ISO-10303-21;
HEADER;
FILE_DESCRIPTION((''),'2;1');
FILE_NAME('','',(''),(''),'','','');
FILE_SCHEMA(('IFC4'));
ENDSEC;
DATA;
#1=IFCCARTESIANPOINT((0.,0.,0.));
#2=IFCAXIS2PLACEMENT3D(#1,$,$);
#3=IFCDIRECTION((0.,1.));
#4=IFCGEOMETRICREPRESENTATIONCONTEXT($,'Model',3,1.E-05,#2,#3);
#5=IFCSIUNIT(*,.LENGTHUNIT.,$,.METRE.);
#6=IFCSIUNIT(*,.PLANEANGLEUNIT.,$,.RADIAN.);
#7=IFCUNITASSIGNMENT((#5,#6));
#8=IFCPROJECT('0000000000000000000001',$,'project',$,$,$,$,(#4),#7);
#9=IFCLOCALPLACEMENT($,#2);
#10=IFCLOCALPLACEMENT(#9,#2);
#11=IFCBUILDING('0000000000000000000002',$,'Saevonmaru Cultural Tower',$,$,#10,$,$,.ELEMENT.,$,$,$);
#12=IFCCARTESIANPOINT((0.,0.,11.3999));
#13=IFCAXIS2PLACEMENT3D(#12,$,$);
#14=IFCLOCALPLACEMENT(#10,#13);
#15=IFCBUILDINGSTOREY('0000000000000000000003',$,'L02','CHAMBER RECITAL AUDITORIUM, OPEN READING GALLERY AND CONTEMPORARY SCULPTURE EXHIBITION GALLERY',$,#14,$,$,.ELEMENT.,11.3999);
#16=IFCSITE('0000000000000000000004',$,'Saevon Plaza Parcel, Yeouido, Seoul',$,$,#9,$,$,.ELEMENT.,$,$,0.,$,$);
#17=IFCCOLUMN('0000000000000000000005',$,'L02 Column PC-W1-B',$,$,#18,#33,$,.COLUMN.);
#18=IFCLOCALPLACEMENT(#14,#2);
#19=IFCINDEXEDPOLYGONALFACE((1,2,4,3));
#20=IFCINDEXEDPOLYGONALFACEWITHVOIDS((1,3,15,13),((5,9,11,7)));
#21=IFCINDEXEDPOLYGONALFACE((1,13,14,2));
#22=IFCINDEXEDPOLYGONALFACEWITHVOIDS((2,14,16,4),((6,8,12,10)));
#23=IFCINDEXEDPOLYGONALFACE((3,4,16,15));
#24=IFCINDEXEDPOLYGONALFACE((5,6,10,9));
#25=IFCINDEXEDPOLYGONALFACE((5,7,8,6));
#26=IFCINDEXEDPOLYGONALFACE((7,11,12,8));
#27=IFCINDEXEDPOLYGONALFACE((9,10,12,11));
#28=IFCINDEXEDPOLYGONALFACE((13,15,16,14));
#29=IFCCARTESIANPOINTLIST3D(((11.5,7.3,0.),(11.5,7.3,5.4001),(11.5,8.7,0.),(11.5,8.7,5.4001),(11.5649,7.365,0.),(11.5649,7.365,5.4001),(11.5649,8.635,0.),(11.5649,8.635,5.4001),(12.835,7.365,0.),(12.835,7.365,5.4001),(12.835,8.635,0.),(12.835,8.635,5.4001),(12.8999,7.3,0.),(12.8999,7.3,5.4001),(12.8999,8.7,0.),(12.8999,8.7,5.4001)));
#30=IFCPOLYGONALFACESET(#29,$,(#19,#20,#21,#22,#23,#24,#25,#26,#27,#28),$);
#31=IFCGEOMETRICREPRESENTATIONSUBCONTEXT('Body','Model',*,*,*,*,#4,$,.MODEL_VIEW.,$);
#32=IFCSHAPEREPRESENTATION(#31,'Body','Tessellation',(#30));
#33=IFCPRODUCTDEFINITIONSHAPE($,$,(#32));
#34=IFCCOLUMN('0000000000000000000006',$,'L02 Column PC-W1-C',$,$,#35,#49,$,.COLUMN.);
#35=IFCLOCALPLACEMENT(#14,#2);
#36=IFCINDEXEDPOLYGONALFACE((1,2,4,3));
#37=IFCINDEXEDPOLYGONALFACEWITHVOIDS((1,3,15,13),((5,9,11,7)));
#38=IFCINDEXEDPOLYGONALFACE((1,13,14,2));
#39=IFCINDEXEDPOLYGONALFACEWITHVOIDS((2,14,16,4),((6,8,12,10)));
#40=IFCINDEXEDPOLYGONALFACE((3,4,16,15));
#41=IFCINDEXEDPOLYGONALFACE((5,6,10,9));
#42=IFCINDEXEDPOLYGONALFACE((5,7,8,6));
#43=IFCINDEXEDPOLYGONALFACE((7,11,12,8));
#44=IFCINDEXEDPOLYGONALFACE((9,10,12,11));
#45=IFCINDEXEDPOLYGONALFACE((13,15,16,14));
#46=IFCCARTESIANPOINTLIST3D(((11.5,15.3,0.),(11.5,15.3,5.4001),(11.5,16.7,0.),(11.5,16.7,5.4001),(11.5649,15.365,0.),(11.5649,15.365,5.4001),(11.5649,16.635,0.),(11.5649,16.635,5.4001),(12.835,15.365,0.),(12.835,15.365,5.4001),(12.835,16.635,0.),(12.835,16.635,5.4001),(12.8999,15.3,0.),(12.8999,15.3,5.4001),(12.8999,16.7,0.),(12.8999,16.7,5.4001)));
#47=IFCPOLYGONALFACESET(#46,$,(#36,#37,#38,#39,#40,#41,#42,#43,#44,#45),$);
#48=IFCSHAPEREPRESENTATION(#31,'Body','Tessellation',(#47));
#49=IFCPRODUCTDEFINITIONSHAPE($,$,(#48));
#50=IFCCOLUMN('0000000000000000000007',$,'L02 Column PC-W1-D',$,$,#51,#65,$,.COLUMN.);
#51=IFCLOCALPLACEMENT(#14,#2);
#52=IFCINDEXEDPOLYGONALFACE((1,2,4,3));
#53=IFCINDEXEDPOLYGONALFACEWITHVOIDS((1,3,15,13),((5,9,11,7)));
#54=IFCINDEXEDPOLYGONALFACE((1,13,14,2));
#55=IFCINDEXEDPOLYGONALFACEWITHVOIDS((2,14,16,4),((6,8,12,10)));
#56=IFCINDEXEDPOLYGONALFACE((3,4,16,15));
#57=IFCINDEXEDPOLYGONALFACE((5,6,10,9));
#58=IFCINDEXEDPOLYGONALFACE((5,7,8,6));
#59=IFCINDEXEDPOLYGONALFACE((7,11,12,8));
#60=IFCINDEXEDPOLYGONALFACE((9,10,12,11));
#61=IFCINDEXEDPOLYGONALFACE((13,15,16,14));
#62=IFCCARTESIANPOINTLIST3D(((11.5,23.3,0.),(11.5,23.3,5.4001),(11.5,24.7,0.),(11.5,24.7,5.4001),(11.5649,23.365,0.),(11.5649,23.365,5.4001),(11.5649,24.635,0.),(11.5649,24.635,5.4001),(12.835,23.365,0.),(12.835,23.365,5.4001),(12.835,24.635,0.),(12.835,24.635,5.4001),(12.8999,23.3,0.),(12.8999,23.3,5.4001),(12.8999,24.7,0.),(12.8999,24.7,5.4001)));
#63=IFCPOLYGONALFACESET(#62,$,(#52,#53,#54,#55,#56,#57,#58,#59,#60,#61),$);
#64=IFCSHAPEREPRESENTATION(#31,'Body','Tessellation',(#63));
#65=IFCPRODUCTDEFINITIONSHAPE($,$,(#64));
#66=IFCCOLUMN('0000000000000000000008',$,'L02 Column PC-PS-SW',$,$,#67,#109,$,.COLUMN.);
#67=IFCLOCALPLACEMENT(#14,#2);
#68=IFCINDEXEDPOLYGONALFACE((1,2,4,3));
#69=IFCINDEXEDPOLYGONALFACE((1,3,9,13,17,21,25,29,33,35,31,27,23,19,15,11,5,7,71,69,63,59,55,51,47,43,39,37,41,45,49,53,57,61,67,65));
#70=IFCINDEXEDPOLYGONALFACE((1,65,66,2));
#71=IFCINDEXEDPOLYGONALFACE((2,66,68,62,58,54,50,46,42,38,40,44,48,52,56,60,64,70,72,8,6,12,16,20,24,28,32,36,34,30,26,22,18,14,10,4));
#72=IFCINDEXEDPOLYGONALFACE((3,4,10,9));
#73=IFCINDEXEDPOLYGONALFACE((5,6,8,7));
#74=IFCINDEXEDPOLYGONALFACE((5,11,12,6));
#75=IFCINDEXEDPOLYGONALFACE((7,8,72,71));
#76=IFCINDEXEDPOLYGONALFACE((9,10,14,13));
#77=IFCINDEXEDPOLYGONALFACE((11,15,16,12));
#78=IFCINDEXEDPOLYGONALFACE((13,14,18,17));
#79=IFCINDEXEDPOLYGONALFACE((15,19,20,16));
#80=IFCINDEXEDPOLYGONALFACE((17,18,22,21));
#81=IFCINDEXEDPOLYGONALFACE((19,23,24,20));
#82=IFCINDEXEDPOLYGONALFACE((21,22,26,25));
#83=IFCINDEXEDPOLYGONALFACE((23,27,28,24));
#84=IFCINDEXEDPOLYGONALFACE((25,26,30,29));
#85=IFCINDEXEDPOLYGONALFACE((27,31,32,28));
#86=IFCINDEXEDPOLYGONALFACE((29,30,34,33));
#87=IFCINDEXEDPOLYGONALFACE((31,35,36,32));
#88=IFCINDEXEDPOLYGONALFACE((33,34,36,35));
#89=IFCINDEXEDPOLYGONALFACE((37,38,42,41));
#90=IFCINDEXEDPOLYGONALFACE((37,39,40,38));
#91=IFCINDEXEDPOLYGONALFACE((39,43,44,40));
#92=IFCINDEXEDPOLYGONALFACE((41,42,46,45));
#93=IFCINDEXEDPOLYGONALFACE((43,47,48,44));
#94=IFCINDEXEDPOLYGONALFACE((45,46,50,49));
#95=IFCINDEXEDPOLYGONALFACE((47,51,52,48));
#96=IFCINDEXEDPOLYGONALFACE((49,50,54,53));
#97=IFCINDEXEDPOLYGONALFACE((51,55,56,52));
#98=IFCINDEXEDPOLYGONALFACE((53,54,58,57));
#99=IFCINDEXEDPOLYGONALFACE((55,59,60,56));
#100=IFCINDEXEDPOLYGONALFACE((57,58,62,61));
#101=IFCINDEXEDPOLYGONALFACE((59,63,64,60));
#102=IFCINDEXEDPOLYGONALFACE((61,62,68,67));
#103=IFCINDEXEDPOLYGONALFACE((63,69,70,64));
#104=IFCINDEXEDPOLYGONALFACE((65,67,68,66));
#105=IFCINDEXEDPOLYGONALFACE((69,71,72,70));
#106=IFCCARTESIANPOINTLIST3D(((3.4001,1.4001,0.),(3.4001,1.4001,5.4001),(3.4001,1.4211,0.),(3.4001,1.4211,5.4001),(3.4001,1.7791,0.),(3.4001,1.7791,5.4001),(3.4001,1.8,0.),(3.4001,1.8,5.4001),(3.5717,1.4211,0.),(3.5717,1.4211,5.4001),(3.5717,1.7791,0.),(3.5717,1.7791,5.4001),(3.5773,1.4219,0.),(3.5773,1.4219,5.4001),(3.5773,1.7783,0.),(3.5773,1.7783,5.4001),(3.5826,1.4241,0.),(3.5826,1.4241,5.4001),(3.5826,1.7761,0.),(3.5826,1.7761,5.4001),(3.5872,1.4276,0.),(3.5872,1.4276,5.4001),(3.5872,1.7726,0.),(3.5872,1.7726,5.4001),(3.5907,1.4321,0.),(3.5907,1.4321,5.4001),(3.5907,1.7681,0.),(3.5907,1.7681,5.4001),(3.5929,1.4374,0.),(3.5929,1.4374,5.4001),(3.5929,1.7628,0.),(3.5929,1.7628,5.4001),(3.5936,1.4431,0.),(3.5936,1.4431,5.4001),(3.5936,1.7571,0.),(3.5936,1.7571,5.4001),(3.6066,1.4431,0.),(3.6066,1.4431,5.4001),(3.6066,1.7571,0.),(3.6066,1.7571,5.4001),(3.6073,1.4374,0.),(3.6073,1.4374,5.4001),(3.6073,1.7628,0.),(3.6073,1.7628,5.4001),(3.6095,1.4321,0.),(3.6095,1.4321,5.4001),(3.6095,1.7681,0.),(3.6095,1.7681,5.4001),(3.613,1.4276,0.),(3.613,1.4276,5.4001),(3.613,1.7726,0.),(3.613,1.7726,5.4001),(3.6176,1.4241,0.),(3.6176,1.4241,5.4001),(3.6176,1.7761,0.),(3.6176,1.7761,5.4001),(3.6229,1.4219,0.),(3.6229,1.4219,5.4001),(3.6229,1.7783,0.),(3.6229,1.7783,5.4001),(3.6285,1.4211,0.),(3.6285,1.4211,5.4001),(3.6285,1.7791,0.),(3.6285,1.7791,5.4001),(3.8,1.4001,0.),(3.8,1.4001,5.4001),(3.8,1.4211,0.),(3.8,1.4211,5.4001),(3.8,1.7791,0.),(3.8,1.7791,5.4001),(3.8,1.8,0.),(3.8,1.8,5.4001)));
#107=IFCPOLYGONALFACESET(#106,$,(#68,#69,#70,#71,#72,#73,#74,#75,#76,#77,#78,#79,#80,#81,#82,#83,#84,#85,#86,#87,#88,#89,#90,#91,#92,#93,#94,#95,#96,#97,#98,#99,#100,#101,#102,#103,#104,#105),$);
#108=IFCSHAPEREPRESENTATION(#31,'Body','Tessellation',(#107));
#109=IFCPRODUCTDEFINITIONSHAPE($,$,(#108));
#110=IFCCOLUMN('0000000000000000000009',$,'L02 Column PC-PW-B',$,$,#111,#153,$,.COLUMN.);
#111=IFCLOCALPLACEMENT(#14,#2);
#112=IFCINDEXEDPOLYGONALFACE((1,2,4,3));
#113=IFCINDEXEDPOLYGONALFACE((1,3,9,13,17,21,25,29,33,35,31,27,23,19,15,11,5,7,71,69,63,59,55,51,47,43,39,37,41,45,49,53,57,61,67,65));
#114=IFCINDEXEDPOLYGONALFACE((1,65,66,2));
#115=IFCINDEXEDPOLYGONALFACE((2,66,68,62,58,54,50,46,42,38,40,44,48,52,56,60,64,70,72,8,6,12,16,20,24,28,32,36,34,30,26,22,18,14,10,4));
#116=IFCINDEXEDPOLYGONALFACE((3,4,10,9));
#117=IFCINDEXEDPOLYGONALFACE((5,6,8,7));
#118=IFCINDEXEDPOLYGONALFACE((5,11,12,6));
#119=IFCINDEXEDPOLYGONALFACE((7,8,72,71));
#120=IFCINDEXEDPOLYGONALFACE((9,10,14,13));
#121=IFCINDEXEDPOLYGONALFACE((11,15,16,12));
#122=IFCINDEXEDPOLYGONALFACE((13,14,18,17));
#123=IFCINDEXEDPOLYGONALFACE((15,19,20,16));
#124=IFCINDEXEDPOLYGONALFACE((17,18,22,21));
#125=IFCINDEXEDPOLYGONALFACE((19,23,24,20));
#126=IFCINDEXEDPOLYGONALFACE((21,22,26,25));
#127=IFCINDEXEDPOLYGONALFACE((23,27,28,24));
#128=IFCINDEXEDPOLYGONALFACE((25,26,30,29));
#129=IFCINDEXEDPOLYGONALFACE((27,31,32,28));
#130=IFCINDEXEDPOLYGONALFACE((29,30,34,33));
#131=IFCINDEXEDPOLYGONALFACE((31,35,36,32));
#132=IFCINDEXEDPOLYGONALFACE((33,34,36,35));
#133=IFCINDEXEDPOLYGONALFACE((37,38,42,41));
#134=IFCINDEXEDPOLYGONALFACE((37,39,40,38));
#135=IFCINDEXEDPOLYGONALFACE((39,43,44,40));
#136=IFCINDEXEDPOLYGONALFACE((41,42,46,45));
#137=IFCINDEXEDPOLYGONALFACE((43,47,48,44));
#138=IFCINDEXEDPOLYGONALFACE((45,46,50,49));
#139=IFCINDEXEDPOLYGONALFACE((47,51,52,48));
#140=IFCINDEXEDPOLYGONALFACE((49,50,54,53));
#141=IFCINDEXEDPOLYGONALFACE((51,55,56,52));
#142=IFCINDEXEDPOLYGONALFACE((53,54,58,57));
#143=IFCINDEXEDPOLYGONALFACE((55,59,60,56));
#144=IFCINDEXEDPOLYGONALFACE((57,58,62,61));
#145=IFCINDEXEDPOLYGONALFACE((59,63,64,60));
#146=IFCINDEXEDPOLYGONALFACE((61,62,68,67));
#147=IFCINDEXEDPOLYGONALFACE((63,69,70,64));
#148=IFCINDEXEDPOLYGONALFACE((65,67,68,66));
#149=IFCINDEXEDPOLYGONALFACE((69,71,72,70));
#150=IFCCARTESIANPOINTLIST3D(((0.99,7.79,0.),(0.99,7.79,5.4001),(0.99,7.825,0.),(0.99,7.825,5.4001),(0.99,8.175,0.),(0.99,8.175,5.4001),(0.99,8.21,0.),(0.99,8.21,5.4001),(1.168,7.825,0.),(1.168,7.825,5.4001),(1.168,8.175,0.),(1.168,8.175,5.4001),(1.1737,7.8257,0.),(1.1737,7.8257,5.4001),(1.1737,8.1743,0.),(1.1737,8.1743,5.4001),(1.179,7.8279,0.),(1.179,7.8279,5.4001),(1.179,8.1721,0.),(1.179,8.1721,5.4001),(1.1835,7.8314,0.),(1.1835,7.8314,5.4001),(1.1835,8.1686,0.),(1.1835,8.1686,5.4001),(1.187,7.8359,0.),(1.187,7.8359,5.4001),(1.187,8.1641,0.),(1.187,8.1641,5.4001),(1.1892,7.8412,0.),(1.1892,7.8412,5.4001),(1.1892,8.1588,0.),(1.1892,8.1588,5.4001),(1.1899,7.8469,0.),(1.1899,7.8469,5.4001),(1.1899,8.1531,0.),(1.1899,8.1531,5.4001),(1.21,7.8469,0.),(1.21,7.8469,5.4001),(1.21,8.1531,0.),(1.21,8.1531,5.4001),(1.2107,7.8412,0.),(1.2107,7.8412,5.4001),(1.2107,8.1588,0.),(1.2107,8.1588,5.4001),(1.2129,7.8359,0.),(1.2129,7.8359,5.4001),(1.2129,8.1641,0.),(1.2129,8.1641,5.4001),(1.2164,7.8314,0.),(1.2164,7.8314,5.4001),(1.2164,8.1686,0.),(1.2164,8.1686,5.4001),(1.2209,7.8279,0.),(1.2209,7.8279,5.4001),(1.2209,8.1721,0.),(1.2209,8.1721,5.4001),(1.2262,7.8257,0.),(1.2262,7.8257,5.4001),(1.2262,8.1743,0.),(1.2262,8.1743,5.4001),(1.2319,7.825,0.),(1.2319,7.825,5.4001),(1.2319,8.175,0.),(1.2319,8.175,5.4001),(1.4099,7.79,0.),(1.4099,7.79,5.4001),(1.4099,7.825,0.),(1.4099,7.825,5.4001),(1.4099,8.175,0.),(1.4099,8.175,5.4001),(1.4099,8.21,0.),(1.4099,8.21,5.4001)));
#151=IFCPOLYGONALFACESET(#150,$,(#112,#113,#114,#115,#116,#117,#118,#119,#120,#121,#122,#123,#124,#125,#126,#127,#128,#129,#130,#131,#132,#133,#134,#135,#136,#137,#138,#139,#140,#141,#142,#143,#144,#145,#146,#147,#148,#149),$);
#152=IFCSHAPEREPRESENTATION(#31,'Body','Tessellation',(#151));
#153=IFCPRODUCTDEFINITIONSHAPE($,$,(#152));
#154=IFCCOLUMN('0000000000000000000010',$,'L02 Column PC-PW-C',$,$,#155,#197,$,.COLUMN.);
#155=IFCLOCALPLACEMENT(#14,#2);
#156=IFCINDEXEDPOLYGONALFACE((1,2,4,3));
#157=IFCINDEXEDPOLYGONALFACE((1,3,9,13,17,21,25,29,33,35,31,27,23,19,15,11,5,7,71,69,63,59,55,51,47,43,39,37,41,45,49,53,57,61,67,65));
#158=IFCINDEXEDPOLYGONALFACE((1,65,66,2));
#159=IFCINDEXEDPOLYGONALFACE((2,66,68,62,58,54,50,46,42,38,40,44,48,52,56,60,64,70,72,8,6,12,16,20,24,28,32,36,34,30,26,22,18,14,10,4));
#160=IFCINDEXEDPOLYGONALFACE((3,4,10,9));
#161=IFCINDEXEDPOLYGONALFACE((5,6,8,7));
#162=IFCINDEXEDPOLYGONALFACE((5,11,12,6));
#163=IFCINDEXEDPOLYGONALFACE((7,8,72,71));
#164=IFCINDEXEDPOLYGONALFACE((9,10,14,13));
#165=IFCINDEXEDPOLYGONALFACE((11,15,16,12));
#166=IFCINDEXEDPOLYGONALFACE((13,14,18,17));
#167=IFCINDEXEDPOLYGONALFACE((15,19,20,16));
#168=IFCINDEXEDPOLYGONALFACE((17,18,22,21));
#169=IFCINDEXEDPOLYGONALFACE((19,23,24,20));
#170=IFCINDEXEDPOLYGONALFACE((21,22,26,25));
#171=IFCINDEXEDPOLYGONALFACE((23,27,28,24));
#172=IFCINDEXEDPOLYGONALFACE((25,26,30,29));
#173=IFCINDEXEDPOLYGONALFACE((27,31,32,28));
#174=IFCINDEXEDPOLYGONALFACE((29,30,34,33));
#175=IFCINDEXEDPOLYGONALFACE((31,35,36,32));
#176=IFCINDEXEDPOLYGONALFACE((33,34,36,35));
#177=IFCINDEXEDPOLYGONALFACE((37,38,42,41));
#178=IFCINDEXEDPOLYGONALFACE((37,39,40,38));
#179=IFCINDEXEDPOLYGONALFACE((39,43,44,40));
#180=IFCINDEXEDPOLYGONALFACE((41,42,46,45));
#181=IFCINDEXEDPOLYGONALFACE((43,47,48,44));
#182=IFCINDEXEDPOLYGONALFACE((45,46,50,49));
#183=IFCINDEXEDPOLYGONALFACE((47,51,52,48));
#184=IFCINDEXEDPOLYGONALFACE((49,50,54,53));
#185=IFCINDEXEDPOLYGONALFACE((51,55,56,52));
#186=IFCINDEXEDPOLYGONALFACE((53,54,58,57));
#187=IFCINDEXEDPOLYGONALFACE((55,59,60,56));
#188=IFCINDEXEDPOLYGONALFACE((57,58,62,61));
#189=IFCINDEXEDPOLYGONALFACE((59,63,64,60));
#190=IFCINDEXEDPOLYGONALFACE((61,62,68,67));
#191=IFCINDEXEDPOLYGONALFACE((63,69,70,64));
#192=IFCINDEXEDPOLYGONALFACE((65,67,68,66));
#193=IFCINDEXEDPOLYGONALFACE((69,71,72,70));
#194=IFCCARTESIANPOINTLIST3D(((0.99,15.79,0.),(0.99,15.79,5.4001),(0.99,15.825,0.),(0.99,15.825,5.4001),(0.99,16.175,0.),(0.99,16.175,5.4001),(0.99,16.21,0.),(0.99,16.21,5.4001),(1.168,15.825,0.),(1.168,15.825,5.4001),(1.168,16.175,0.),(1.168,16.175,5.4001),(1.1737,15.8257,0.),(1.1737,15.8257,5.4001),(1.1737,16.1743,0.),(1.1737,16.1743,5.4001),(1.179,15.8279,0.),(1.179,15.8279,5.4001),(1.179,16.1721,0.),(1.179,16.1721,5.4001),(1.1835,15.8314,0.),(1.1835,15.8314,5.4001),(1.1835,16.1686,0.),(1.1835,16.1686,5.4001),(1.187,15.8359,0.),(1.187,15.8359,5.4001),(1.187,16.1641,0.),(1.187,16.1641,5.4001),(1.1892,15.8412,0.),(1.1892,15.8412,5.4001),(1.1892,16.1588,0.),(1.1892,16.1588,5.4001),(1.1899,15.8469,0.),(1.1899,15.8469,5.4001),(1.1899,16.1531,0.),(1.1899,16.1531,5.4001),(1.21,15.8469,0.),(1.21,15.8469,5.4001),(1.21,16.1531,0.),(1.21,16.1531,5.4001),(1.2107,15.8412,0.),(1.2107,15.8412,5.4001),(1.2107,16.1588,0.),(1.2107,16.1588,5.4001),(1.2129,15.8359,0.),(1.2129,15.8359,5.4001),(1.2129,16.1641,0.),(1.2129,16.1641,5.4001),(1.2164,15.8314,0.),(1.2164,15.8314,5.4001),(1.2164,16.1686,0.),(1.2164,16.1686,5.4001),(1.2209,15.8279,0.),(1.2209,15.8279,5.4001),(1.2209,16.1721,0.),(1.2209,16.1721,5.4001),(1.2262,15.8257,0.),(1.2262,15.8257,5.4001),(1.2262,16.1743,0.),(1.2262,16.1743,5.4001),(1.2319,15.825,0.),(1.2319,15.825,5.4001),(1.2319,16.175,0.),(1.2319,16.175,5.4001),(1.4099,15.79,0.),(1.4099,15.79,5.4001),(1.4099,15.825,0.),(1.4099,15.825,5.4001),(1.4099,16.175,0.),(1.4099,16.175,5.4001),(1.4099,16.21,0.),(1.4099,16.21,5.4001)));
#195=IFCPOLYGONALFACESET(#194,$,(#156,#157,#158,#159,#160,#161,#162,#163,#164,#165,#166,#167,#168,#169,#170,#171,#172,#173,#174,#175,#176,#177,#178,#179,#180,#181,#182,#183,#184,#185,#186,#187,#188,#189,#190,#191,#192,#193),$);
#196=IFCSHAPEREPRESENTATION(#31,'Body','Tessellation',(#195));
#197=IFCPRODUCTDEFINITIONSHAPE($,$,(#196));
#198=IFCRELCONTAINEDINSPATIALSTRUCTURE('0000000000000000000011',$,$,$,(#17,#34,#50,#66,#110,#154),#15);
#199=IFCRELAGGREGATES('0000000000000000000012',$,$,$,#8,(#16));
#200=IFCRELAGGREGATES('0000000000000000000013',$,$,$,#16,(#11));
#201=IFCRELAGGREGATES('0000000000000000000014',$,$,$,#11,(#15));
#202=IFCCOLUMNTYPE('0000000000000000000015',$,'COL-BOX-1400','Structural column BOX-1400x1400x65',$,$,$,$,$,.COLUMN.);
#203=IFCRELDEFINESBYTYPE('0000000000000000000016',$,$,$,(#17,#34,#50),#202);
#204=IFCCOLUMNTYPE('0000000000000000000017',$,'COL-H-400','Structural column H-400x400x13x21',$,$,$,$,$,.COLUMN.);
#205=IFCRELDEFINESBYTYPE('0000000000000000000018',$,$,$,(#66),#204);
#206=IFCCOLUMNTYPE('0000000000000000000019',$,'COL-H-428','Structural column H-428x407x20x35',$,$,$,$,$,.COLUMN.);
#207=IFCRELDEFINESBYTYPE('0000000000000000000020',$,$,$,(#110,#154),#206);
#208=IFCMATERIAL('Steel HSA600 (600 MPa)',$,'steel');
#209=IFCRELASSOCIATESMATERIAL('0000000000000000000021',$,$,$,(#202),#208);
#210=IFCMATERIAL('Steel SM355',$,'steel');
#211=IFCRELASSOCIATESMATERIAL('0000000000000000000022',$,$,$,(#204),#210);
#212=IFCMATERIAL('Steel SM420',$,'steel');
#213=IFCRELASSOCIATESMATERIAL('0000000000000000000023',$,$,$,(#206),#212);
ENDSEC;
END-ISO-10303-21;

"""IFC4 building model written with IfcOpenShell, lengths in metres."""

from ifc_helpers import new_model, si_unit, direction, frame, origin, origin_2d, place, context, subcontext, project, spatial, hollow_rectangle, i_section, extrude, material, material_profile, profile_set, type_object, element, save


model = new_model("IFC4")

# Units and contexts
model_context = context("Model", 3, precision=1e-05, world=origin(), true_north=direction((0.0, 1.0)))
body_context = subcontext(model_context, "Body", "Model", "MODEL_VIEW")
ifc_project = project(units=[si_unit("LENGTHUNIT", "METRE"), si_unit("PLANEANGLEUNIT", "RADIAN")], contexts=[model_context])

# Site, building, storey
site_placement = place(None, origin())
site = spatial("IfcSite", under=ifc_project, at=site_placement, Name="Saevon Plaza Parcel, Yeouido, Seoul", CompositionType="ELEMENT", RefElevation=0.0)
building_placement = place(site_placement, origin())
building = spatial("IfcBuilding", under=site, at=building_placement, Name="Saevonmaru Cultural Tower", CompositionType="ELEMENT")
storey_placement = place(building_placement, frame((0.0, 0.0, 11.3999)))
storey = spatial("IfcBuildingStorey", under=building, at=storey_placement, Name="L02", Description="CHAMBER RECITAL AUDITORIUM, OPEN READING GALLERY AND CONTEMPORARY SCULPTURE EXHIBITION GALLERY", CompositionType="ELEMENT", Elevation=11.3999)

# Columns
ifc_material_1 = material(Name="Steel HSA600 (600 MPa)", Category="steel")
ifc_material_profile_1 = material_profile(ifc_material_1, hollow_rectangle(XDim=1.3999, YDim=1.3999, WallThickness=0.0649, at=origin_2d()), Name="BOX-1400x1400x65")
ifc_profile_set_1 = profile_set([ifc_material_profile_1], Name="Steel HSA600 (600 MPa)")
column_type_1 = type_object("IfcColumnType", Name="COL-BOX-1400", Description="Structural column BOX-1400x1400x65", PredefinedType="COLUMN", material=ifc_profile_set_1)
for number, where, z_axis, x_axis, name in (
    (1, (12.2, 8.0, 0.0), (0.0, 0.0, 1.0), (1.0, 0.0, 0.0), "L02 Column PC-W1-B"),
    (2, (12.2, 16.0, 0.0), (0.0, 0.0, 1.0), (1.0, 0.0, 0.0), "L02 Column PC-W1-C"),
    (3, (12.2, 24.0, 0.0), (0.0, 0.0, 1.0), (1.0, 0.0, 0.0), "L02 Column PC-W1-D"),
):
    element("IfcColumn", number, at=place(storey_placement, frame(where, z_axis=z_axis, x_axis=x_axis)), inside=storey, type_object=column_type_1, Name=name, PredefinedType="COLUMN", context=body_context, shape_type="SweptSolid", body=[
        extrude(hollow_rectangle(XDim=1.3999, YDim=1.3999, WallThickness=0.0649, at=origin_2d()), origin(), (0.0, 0.0, 1.0), 5.4001),
    ])
ifc_material_2 = material(Name="Steel SM355", Category="steel")
ifc_material_profile_2 = material_profile(ifc_material_2, i_section(OverallWidth=0.3999, OverallDepth=0.3999, WebThickness=0.0129, FlangeThickness=0.021, FilletRadius=0.022, at=origin_2d()), Name="H-400x400x13x21")
ifc_profile_set_2 = profile_set([ifc_material_profile_2], Name="Steel SM355")
column_type_2 = type_object("IfcColumnType", Name="COL-H-400", Description="Structural column H-400x400x13x21", PredefinedType="COLUMN", material=ifc_profile_set_2)
column_placement = place(storey_placement, frame((3.6001, 1.6001, 0.0), z_axis=(0.0, 0.0, 1.0), x_axis=(1.0, 0.0, 0.0)))
element("IfcColumn", 4, at=column_placement, inside=storey, type_object=column_type_2, Name="L02 Column PC-PS-SW", PredefinedType="COLUMN", context=body_context, shape_type="SweptSolid", body=[
    extrude(i_section(OverallWidth=0.3999, OverallDepth=0.3999, WebThickness=0.0129, FlangeThickness=0.021, FilletRadius=0.022, at=origin_2d()), origin(), (0.0, 0.0, 1.0), 5.4001),
])
ifc_material_3 = material(Name="Steel SM420", Category="steel")
ifc_material_profile_3 = material_profile(ifc_material_3, i_section(OverallWidth=0.4199, OverallDepth=0.4199, WebThickness=0.02, FlangeThickness=0.0349, FilletRadius=0.022, at=origin_2d()), Name="H-428x407x20x35")
ifc_profile_set_3 = profile_set([ifc_material_profile_3], Name="Steel SM420")
column_type_3 = type_object("IfcColumnType", Name="COL-H-428", Description="Structural column H-428x407x20x35", PredefinedType="COLUMN", material=ifc_profile_set_3)
for number, where, z_axis, x_axis, name in (
    (5, (1.2, 8.0, 0.0), (0.0, 0.0, 1.0), (1.0, 0.0, 0.0), "L02 Column PC-PW-B"),
    (6, (1.2, 16.0, 0.0), (0.0, 0.0, 1.0), (1.0, 0.0, 0.0), "L02 Column PC-PW-C"),
):
    element("IfcColumn", number, at=place(storey_placement, frame(where, z_axis=z_axis, x_axis=x_axis)), inside=storey, type_object=column_type_3, Name=name, PredefinedType="COLUMN", context=body_context, shape_type="SweptSolid", body=[
        extrude(i_section(OverallWidth=0.4199, OverallDepth=0.4199, WebThickness=0.02, FlangeThickness=0.0349, FilletRadius=0.022, at=origin_2d()), origin(), (0.0, 0.0, 1.0), 5.4001),
    ])

save(model, "model.ifc")
